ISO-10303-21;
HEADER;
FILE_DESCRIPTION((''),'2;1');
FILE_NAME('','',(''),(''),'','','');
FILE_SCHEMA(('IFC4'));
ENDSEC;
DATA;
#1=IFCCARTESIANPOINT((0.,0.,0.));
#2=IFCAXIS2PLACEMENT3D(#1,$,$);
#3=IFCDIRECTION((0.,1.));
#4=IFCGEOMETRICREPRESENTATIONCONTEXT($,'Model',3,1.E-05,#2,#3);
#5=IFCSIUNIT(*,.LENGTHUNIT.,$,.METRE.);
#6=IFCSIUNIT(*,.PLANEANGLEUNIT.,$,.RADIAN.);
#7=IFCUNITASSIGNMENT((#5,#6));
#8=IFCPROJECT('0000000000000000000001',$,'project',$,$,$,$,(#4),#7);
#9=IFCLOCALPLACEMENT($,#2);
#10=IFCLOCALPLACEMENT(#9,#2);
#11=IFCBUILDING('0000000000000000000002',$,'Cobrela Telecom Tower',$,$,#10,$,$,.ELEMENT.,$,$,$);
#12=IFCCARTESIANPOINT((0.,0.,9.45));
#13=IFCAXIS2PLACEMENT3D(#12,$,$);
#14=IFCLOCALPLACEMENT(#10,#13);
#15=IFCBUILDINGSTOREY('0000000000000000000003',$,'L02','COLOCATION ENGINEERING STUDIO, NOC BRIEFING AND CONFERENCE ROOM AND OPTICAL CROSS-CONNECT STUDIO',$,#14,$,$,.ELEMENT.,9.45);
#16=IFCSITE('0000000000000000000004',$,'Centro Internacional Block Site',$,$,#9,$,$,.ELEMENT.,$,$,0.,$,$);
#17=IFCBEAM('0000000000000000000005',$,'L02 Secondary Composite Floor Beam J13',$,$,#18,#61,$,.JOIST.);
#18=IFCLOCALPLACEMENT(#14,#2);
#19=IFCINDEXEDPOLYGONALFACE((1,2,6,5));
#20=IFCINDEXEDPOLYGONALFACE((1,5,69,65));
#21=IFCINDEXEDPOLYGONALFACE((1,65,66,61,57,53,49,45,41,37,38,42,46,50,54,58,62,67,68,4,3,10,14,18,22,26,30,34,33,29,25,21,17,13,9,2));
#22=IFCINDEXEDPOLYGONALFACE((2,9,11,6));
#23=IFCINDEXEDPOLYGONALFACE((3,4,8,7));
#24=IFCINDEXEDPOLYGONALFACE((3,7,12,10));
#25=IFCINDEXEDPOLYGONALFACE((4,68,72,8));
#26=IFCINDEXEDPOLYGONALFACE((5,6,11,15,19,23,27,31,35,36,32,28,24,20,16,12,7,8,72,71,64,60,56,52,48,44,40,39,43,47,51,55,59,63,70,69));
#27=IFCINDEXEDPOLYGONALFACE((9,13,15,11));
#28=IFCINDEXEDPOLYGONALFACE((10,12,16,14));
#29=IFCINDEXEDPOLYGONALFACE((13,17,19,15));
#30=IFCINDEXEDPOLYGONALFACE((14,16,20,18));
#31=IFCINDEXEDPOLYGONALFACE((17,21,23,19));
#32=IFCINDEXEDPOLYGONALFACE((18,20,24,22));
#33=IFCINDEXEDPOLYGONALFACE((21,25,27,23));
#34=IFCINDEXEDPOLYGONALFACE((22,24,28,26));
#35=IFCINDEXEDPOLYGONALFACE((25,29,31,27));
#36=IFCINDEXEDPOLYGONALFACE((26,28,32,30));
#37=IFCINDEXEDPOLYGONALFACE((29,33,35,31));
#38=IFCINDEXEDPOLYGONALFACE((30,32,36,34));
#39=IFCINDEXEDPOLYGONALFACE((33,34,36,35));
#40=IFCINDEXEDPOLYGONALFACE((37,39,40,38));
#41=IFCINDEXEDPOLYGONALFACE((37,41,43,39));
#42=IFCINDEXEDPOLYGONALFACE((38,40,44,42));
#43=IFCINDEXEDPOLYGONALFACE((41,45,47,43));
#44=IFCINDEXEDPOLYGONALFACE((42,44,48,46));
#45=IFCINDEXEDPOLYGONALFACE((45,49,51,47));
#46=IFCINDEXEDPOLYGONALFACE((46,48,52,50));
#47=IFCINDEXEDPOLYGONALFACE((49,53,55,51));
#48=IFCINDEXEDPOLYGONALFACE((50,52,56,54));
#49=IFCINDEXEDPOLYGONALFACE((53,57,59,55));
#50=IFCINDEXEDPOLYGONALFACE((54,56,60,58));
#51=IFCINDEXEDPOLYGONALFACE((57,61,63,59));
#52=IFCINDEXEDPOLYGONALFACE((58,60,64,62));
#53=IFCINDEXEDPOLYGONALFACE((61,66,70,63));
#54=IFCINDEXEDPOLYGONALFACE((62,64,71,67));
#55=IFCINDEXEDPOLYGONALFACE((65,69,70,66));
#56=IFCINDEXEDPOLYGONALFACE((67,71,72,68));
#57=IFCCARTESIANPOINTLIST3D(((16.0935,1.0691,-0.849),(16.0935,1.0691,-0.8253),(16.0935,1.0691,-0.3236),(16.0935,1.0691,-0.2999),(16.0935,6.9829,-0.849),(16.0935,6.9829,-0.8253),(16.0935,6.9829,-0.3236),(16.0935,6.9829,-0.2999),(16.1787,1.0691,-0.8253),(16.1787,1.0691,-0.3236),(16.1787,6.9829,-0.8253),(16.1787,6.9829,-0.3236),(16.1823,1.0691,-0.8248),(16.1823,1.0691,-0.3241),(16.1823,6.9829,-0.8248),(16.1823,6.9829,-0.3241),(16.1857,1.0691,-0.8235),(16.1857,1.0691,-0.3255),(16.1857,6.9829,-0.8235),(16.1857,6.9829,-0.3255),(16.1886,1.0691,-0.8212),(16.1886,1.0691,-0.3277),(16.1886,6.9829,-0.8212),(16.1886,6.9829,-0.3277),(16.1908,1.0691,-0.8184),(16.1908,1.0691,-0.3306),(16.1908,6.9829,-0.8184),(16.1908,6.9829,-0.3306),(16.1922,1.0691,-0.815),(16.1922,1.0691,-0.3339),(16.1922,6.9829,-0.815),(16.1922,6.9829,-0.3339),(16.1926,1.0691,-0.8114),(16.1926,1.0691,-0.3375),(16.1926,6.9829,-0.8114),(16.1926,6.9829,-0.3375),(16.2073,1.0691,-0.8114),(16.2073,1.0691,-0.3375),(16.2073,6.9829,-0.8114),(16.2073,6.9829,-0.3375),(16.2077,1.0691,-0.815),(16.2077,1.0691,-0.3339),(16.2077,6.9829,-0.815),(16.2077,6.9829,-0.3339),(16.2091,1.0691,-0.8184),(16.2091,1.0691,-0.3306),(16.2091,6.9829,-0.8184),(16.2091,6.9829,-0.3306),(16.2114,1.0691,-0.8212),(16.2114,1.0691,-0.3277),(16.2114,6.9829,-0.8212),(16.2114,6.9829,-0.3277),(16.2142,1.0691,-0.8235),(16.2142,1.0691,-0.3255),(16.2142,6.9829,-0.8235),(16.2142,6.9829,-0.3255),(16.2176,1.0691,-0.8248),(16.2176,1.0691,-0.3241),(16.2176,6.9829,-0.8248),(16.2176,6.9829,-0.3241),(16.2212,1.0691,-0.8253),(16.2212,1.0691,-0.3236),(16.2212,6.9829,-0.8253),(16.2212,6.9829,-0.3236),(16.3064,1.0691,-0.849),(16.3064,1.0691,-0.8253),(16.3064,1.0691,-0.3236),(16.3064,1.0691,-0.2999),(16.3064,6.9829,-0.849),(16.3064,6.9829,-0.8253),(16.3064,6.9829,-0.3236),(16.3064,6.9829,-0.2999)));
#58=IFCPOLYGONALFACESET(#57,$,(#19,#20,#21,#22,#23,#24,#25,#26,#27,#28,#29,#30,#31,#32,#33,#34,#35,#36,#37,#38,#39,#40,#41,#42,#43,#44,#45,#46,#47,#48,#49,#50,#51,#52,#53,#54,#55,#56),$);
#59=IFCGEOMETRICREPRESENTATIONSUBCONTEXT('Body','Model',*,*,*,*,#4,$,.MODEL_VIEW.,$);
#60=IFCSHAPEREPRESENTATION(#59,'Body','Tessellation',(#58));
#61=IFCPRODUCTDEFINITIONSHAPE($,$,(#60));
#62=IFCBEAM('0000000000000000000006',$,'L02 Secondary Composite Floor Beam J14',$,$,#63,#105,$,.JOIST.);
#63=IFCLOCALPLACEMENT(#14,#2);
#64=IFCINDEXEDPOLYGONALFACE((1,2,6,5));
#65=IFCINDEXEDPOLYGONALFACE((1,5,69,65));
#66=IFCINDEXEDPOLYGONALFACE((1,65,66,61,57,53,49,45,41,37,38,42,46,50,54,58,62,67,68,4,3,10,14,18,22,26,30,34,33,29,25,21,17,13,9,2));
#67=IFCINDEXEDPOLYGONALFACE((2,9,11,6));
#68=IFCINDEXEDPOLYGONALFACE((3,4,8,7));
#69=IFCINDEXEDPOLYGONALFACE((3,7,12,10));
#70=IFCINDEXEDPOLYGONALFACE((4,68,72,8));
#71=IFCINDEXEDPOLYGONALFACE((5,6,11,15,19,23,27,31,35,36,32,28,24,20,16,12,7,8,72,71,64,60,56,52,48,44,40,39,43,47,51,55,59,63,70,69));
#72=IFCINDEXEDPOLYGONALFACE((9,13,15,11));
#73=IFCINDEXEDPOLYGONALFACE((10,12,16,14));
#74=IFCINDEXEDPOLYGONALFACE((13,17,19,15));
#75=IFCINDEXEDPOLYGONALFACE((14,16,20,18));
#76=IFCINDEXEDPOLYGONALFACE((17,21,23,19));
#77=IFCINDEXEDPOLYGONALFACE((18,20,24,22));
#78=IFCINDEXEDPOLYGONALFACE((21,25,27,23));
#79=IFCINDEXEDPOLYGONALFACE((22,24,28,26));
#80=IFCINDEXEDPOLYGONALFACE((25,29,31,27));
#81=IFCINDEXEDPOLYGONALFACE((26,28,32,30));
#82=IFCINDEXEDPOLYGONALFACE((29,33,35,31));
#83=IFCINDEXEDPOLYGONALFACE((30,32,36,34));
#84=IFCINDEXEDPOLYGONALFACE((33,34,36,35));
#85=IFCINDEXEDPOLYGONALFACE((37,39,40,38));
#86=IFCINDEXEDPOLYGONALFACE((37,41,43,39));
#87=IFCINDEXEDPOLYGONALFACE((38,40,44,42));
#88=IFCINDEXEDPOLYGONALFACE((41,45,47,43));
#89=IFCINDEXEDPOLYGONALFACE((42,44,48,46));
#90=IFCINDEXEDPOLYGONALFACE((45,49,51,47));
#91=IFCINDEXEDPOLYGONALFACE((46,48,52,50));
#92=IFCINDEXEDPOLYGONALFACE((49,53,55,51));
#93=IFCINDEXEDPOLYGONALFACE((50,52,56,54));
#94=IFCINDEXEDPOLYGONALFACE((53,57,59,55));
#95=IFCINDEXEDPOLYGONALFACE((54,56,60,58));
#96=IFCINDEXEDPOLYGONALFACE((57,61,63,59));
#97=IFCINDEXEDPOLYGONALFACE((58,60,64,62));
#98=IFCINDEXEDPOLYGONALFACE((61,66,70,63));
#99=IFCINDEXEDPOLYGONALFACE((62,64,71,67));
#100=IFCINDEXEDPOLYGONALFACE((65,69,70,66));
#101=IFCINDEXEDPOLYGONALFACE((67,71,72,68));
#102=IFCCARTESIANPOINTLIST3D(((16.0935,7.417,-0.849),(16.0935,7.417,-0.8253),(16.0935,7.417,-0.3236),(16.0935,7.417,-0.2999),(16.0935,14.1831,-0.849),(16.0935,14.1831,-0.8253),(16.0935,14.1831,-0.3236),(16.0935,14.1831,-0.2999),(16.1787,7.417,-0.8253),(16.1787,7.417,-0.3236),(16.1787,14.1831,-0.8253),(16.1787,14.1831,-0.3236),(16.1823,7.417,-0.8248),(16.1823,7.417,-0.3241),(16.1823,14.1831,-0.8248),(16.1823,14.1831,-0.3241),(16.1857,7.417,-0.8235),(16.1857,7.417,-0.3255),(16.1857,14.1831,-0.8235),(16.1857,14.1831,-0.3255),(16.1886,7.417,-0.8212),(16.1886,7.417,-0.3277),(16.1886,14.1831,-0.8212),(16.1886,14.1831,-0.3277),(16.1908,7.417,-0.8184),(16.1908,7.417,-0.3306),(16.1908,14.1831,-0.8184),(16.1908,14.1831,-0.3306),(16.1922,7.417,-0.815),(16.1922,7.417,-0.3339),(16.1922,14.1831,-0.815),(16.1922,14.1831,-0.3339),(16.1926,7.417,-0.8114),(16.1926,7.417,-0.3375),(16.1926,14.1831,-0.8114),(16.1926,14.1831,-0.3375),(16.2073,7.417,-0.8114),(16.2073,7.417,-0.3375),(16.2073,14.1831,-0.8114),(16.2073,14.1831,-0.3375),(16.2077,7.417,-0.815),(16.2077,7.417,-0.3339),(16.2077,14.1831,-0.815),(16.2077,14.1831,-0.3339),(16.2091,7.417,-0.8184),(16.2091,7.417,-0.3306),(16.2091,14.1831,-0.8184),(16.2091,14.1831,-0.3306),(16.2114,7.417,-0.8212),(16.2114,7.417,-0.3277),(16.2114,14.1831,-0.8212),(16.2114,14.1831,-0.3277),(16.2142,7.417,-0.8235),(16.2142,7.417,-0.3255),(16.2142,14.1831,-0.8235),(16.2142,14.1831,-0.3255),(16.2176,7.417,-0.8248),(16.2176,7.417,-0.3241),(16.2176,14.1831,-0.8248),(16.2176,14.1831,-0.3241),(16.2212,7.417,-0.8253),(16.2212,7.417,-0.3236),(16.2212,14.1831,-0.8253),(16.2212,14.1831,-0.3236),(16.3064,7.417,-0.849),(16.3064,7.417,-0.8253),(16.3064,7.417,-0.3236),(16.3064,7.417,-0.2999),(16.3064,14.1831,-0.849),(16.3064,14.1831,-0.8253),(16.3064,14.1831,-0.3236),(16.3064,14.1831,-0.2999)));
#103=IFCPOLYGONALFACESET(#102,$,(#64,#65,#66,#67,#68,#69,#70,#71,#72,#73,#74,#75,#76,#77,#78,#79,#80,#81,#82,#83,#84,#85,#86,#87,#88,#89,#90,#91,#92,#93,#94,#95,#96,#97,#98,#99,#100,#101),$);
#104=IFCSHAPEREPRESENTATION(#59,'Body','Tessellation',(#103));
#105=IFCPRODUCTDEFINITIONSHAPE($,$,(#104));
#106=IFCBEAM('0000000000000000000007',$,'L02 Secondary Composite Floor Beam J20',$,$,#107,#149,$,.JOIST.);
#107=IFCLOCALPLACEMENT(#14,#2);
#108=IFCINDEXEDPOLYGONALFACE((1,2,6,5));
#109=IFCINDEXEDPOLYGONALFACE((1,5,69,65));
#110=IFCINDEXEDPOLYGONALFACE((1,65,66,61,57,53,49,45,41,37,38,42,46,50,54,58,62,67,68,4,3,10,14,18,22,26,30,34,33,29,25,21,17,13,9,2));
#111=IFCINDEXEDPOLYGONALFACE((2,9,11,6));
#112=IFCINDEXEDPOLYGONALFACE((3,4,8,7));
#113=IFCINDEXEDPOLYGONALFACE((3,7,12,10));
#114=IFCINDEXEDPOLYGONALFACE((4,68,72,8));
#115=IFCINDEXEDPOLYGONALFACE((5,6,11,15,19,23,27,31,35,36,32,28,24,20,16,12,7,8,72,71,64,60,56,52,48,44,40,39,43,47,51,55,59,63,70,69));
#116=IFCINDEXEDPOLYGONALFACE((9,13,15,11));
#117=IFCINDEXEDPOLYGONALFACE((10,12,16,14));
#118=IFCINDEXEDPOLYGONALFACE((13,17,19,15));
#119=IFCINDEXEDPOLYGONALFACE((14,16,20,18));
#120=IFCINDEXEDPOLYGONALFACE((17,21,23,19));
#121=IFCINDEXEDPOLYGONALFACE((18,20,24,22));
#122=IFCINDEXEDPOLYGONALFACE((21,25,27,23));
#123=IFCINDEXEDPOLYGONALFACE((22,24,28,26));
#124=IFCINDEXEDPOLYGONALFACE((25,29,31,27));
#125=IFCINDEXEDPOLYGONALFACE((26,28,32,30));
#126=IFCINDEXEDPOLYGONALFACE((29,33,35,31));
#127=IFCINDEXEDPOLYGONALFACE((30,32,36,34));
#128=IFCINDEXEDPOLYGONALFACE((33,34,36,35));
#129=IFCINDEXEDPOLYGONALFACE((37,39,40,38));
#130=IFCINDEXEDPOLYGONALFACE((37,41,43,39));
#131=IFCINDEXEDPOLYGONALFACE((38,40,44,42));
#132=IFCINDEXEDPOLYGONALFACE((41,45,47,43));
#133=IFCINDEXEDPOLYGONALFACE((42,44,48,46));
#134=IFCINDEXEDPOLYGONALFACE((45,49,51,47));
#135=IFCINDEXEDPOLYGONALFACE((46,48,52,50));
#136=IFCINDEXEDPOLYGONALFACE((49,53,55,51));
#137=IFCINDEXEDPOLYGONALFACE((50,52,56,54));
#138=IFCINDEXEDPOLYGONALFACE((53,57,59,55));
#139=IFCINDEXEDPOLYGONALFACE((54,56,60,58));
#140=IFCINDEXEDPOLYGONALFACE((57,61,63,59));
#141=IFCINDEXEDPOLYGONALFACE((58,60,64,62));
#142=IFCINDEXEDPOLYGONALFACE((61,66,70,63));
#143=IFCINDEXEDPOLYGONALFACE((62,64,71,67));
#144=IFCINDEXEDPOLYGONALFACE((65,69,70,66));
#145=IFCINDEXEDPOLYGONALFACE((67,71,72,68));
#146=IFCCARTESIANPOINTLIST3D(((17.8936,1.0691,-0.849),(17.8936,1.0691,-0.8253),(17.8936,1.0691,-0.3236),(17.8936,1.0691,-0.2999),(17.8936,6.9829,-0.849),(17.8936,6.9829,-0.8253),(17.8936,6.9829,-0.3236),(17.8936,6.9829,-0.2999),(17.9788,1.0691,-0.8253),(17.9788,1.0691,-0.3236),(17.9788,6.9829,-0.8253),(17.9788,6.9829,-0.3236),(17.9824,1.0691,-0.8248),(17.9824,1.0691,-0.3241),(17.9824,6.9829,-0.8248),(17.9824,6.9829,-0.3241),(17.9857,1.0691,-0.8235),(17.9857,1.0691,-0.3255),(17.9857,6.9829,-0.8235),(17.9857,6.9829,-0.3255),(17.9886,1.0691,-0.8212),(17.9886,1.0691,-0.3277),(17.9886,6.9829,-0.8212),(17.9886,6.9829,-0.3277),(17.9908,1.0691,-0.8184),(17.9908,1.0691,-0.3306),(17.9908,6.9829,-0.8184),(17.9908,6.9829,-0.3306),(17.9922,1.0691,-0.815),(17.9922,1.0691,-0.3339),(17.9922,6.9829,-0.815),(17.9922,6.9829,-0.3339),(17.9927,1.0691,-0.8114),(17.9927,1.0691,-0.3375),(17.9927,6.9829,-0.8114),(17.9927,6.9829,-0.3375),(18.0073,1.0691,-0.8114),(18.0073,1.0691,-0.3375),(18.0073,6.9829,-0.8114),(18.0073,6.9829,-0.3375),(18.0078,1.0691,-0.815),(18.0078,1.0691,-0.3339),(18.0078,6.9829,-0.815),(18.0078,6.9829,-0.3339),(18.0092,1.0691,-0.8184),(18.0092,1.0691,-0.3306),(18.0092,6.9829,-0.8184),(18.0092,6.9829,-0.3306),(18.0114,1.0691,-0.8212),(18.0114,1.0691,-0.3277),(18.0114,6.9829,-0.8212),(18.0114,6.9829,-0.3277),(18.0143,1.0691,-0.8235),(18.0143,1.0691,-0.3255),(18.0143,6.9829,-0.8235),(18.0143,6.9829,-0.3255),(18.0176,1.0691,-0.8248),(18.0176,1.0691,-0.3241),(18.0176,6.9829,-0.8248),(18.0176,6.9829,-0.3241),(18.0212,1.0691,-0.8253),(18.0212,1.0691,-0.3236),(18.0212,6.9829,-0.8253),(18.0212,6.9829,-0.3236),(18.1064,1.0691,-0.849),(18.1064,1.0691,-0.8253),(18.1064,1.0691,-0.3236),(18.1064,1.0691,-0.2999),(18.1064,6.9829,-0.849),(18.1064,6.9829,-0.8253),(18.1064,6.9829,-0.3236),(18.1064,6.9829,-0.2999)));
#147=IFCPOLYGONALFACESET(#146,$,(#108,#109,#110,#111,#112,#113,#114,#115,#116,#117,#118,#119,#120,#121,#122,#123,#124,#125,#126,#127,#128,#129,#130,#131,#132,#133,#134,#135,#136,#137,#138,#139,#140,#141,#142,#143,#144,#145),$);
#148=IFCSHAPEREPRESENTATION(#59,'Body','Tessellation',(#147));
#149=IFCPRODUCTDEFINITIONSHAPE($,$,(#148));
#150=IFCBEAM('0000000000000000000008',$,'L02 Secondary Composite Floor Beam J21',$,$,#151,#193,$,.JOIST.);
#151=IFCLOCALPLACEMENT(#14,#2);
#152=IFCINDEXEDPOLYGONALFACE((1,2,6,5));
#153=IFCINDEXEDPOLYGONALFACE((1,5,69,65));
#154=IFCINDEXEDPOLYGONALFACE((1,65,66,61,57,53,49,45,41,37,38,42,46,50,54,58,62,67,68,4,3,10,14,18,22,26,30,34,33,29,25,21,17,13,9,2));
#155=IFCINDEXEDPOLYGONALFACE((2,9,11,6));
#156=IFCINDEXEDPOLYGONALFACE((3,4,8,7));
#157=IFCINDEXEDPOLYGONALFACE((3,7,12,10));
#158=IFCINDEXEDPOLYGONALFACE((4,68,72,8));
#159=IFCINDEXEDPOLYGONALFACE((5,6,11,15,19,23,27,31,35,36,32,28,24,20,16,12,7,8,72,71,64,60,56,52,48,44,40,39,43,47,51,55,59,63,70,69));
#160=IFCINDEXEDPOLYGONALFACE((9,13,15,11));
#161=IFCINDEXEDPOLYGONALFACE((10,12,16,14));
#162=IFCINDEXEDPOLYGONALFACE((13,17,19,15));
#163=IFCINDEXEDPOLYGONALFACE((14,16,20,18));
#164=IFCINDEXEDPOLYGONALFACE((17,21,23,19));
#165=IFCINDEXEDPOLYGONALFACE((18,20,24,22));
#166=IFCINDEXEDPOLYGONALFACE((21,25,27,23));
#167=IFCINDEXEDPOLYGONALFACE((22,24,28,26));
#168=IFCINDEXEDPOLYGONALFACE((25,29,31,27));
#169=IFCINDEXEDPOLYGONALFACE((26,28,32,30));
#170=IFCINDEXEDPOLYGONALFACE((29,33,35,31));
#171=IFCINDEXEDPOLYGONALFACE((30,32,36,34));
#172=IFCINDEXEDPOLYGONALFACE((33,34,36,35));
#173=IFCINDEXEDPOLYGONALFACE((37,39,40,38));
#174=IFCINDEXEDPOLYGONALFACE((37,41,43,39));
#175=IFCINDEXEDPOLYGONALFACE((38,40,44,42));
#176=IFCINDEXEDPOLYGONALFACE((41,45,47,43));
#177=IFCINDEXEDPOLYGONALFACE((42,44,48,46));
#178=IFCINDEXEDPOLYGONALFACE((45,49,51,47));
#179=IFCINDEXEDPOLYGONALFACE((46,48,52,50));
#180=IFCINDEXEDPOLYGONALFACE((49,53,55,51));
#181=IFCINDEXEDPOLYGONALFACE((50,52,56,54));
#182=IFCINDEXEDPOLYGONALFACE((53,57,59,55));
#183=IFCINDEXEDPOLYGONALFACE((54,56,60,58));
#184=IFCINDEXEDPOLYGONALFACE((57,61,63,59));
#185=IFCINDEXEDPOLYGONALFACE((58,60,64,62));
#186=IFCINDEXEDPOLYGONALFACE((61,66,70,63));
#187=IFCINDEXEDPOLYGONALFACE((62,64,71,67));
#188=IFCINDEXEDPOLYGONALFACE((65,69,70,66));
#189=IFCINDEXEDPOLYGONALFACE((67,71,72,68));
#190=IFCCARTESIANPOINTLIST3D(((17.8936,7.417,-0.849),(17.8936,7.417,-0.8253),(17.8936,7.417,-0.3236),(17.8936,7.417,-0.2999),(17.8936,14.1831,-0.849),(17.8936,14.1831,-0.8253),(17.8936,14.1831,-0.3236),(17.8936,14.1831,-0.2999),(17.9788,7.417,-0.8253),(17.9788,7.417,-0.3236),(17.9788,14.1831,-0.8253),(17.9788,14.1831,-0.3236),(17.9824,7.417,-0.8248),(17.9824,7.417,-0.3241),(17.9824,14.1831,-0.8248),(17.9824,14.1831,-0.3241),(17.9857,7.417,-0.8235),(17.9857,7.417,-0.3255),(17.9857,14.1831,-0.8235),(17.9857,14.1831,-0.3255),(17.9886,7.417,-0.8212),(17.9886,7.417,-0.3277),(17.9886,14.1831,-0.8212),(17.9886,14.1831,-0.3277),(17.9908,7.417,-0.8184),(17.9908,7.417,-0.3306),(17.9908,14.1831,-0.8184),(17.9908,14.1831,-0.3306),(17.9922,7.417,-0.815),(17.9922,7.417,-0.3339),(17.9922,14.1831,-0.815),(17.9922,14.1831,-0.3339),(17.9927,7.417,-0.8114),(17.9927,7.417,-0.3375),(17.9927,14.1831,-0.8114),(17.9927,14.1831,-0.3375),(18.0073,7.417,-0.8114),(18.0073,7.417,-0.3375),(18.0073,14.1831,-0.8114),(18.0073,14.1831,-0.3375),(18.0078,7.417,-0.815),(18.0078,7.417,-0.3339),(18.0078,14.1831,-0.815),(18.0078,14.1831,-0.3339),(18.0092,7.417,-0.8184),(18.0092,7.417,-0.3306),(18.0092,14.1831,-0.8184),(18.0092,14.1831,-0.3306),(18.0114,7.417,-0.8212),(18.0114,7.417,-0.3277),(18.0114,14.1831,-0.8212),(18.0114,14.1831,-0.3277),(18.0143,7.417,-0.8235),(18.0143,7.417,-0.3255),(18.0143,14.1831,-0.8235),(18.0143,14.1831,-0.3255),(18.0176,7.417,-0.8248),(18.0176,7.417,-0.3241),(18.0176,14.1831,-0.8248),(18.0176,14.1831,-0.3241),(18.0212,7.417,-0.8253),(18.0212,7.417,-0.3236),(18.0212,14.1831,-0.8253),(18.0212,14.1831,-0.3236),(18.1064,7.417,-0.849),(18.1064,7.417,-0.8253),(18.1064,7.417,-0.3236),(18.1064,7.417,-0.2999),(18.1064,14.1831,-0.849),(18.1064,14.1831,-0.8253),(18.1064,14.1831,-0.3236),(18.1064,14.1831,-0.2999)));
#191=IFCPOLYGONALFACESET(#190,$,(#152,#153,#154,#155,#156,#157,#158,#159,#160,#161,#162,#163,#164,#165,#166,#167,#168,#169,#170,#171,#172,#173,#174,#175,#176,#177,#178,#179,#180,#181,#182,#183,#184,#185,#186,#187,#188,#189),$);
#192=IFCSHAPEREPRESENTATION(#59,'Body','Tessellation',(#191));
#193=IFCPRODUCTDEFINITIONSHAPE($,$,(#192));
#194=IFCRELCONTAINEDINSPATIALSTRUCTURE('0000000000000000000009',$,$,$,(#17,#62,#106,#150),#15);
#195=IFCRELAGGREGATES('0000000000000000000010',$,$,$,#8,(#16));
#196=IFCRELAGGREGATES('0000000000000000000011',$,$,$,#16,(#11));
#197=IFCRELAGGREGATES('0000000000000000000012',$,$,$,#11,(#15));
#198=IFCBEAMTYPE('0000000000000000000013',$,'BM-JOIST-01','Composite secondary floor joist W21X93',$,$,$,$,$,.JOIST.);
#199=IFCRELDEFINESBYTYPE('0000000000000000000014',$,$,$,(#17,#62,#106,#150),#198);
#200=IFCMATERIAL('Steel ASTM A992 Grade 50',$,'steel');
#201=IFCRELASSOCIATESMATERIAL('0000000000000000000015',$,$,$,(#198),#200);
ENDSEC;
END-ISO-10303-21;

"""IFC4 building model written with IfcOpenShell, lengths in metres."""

from ifc_helpers import new_model, si_unit, direction, frame, origin, origin_2d, place, context, subcontext, project, spatial, i_section, extrude, material, material_profile, profile_set, type_object, element, save


model = new_model("IFC4")

# Units and contexts
model_context = context("Model", 3, precision=1e-05, world=origin(), true_north=direction((0.0, 1.0)))
body_context = subcontext(model_context, "Body", "Model", "MODEL_VIEW")
ifc_project = project(units=[si_unit("LENGTHUNIT", "METRE"), si_unit("PLANEANGLEUNIT", "RADIAN")], contexts=[model_context])

# Site, building, storey
site_placement = place(None, origin())
site = spatial("IfcSite", under=ifc_project, at=site_placement, Name="Centro Internacional Block Site", CompositionType="ELEMENT", RefElevation=0.0)
building_placement = place(site_placement, origin())
building = spatial("IfcBuilding", under=site, at=building_placement, Name="Cobrela Telecom Tower", CompositionType="ELEMENT")
storey_placement = place(building_placement, frame((0.0, 0.0, 9.45)))
storey = spatial("IfcBuildingStorey", under=building, at=storey_placement, Name="L02", Description="COLOCATION ENGINEERING STUDIO, NOC BRIEFING AND CONFERENCE ROOM AND OPTICAL CROSS-CONNECT STUDIO", CompositionType="ELEMENT", Elevation=9.45)

# Beams
ifc_material_1 = material(Name="Steel ASTM A992 Grade 50", Category="steel")
ifc_material_profile_1 = material_profile(ifc_material_1, i_section(OverallWidth=0.2129, OverallDepth=0.5491, WebThickness=0.0146, FlangeThickness=0.0237, FilletRadius=0.0139, at=origin_2d()), Name="W21X93")
ifc_profile_set_1 = profile_set([ifc_material_profile_1], Name="Steel ASTM A992 Grade 50")
beam_type_1 = type_object("IfcBeamType", Name="BM-JOIST-01", Description="Composite secondary floor joist W21X93", PredefinedType="JOIST", material=ifc_profile_set_1)
beam_1_placement = place(storey_placement, frame((16.2, 1.0691, -0.5745), z_axis=(0.0, 1.0, 0.0), x_axis=(-1.0, 0.0, 0.0)))
element("IfcBeam", 1, at=beam_1_placement, inside=storey, type_object=beam_type_1, Name="L02 Secondary Composite Floor Beam J13", PredefinedType="JOIST", context=body_context, shape_type="SweptSolid", body=[
    extrude(i_section(OverallWidth=0.2129, OverallDepth=0.5491, WebThickness=0.0146, FlangeThickness=0.0237, FilletRadius=0.0139, at=origin_2d()), origin(), (0.0, 0.0, 1.0), 5.9138),
])
beam_2_placement = place(storey_placement, frame((16.2, 7.417, -0.5745), z_axis=(0.0, 1.0, 0.0), x_axis=(-1.0, 0.0, 0.0)))
element("IfcBeam", 2, at=beam_2_placement, inside=storey, type_object=beam_type_1, Name="L02 Secondary Composite Floor Beam J14", PredefinedType="JOIST", context=body_context, shape_type="SweptSolid", body=[
    extrude(i_section(OverallWidth=0.2129, OverallDepth=0.5491, WebThickness=0.0146, FlangeThickness=0.0237, FilletRadius=0.0139, at=origin_2d()), origin(), (0.0, 0.0, 1.0), 6.7661),
])
beam_3_placement = place(storey_placement, frame((18.0, 1.0691, -0.5745), z_axis=(0.0, 1.0, 0.0), x_axis=(-1.0, 0.0, 0.0)))
element("IfcBeam", 3, at=beam_3_placement, inside=storey, type_object=beam_type_1, Name="L02 Secondary Composite Floor Beam J20", PredefinedType="JOIST", context=body_context, shape_type="SweptSolid", body=[
    extrude(i_section(OverallWidth=0.2129, OverallDepth=0.5491, WebThickness=0.0146, FlangeThickness=0.0237, FilletRadius=0.0139, at=origin_2d()), origin(), (0.0, 0.0, 1.0), 5.9138),
])
beam_4_placement = place(storey_placement, frame((18.0, 7.417, -0.5745), z_axis=(0.0, 1.0, 0.0), x_axis=(-1.0, 0.0, 0.0)))
element("IfcBeam", 4, at=beam_4_placement, inside=storey, type_object=beam_type_1, Name="L02 Secondary Composite Floor Beam J21", PredefinedType="JOIST", context=body_context, shape_type="SweptSolid", body=[
    extrude(i_section(OverallWidth=0.2129, OverallDepth=0.5491, WebThickness=0.0146, FlangeThickness=0.0237, FilletRadius=0.0139, at=origin_2d()), origin(), (0.0, 0.0, 1.0), 6.7661),
])

save(model, "model.ifc")
